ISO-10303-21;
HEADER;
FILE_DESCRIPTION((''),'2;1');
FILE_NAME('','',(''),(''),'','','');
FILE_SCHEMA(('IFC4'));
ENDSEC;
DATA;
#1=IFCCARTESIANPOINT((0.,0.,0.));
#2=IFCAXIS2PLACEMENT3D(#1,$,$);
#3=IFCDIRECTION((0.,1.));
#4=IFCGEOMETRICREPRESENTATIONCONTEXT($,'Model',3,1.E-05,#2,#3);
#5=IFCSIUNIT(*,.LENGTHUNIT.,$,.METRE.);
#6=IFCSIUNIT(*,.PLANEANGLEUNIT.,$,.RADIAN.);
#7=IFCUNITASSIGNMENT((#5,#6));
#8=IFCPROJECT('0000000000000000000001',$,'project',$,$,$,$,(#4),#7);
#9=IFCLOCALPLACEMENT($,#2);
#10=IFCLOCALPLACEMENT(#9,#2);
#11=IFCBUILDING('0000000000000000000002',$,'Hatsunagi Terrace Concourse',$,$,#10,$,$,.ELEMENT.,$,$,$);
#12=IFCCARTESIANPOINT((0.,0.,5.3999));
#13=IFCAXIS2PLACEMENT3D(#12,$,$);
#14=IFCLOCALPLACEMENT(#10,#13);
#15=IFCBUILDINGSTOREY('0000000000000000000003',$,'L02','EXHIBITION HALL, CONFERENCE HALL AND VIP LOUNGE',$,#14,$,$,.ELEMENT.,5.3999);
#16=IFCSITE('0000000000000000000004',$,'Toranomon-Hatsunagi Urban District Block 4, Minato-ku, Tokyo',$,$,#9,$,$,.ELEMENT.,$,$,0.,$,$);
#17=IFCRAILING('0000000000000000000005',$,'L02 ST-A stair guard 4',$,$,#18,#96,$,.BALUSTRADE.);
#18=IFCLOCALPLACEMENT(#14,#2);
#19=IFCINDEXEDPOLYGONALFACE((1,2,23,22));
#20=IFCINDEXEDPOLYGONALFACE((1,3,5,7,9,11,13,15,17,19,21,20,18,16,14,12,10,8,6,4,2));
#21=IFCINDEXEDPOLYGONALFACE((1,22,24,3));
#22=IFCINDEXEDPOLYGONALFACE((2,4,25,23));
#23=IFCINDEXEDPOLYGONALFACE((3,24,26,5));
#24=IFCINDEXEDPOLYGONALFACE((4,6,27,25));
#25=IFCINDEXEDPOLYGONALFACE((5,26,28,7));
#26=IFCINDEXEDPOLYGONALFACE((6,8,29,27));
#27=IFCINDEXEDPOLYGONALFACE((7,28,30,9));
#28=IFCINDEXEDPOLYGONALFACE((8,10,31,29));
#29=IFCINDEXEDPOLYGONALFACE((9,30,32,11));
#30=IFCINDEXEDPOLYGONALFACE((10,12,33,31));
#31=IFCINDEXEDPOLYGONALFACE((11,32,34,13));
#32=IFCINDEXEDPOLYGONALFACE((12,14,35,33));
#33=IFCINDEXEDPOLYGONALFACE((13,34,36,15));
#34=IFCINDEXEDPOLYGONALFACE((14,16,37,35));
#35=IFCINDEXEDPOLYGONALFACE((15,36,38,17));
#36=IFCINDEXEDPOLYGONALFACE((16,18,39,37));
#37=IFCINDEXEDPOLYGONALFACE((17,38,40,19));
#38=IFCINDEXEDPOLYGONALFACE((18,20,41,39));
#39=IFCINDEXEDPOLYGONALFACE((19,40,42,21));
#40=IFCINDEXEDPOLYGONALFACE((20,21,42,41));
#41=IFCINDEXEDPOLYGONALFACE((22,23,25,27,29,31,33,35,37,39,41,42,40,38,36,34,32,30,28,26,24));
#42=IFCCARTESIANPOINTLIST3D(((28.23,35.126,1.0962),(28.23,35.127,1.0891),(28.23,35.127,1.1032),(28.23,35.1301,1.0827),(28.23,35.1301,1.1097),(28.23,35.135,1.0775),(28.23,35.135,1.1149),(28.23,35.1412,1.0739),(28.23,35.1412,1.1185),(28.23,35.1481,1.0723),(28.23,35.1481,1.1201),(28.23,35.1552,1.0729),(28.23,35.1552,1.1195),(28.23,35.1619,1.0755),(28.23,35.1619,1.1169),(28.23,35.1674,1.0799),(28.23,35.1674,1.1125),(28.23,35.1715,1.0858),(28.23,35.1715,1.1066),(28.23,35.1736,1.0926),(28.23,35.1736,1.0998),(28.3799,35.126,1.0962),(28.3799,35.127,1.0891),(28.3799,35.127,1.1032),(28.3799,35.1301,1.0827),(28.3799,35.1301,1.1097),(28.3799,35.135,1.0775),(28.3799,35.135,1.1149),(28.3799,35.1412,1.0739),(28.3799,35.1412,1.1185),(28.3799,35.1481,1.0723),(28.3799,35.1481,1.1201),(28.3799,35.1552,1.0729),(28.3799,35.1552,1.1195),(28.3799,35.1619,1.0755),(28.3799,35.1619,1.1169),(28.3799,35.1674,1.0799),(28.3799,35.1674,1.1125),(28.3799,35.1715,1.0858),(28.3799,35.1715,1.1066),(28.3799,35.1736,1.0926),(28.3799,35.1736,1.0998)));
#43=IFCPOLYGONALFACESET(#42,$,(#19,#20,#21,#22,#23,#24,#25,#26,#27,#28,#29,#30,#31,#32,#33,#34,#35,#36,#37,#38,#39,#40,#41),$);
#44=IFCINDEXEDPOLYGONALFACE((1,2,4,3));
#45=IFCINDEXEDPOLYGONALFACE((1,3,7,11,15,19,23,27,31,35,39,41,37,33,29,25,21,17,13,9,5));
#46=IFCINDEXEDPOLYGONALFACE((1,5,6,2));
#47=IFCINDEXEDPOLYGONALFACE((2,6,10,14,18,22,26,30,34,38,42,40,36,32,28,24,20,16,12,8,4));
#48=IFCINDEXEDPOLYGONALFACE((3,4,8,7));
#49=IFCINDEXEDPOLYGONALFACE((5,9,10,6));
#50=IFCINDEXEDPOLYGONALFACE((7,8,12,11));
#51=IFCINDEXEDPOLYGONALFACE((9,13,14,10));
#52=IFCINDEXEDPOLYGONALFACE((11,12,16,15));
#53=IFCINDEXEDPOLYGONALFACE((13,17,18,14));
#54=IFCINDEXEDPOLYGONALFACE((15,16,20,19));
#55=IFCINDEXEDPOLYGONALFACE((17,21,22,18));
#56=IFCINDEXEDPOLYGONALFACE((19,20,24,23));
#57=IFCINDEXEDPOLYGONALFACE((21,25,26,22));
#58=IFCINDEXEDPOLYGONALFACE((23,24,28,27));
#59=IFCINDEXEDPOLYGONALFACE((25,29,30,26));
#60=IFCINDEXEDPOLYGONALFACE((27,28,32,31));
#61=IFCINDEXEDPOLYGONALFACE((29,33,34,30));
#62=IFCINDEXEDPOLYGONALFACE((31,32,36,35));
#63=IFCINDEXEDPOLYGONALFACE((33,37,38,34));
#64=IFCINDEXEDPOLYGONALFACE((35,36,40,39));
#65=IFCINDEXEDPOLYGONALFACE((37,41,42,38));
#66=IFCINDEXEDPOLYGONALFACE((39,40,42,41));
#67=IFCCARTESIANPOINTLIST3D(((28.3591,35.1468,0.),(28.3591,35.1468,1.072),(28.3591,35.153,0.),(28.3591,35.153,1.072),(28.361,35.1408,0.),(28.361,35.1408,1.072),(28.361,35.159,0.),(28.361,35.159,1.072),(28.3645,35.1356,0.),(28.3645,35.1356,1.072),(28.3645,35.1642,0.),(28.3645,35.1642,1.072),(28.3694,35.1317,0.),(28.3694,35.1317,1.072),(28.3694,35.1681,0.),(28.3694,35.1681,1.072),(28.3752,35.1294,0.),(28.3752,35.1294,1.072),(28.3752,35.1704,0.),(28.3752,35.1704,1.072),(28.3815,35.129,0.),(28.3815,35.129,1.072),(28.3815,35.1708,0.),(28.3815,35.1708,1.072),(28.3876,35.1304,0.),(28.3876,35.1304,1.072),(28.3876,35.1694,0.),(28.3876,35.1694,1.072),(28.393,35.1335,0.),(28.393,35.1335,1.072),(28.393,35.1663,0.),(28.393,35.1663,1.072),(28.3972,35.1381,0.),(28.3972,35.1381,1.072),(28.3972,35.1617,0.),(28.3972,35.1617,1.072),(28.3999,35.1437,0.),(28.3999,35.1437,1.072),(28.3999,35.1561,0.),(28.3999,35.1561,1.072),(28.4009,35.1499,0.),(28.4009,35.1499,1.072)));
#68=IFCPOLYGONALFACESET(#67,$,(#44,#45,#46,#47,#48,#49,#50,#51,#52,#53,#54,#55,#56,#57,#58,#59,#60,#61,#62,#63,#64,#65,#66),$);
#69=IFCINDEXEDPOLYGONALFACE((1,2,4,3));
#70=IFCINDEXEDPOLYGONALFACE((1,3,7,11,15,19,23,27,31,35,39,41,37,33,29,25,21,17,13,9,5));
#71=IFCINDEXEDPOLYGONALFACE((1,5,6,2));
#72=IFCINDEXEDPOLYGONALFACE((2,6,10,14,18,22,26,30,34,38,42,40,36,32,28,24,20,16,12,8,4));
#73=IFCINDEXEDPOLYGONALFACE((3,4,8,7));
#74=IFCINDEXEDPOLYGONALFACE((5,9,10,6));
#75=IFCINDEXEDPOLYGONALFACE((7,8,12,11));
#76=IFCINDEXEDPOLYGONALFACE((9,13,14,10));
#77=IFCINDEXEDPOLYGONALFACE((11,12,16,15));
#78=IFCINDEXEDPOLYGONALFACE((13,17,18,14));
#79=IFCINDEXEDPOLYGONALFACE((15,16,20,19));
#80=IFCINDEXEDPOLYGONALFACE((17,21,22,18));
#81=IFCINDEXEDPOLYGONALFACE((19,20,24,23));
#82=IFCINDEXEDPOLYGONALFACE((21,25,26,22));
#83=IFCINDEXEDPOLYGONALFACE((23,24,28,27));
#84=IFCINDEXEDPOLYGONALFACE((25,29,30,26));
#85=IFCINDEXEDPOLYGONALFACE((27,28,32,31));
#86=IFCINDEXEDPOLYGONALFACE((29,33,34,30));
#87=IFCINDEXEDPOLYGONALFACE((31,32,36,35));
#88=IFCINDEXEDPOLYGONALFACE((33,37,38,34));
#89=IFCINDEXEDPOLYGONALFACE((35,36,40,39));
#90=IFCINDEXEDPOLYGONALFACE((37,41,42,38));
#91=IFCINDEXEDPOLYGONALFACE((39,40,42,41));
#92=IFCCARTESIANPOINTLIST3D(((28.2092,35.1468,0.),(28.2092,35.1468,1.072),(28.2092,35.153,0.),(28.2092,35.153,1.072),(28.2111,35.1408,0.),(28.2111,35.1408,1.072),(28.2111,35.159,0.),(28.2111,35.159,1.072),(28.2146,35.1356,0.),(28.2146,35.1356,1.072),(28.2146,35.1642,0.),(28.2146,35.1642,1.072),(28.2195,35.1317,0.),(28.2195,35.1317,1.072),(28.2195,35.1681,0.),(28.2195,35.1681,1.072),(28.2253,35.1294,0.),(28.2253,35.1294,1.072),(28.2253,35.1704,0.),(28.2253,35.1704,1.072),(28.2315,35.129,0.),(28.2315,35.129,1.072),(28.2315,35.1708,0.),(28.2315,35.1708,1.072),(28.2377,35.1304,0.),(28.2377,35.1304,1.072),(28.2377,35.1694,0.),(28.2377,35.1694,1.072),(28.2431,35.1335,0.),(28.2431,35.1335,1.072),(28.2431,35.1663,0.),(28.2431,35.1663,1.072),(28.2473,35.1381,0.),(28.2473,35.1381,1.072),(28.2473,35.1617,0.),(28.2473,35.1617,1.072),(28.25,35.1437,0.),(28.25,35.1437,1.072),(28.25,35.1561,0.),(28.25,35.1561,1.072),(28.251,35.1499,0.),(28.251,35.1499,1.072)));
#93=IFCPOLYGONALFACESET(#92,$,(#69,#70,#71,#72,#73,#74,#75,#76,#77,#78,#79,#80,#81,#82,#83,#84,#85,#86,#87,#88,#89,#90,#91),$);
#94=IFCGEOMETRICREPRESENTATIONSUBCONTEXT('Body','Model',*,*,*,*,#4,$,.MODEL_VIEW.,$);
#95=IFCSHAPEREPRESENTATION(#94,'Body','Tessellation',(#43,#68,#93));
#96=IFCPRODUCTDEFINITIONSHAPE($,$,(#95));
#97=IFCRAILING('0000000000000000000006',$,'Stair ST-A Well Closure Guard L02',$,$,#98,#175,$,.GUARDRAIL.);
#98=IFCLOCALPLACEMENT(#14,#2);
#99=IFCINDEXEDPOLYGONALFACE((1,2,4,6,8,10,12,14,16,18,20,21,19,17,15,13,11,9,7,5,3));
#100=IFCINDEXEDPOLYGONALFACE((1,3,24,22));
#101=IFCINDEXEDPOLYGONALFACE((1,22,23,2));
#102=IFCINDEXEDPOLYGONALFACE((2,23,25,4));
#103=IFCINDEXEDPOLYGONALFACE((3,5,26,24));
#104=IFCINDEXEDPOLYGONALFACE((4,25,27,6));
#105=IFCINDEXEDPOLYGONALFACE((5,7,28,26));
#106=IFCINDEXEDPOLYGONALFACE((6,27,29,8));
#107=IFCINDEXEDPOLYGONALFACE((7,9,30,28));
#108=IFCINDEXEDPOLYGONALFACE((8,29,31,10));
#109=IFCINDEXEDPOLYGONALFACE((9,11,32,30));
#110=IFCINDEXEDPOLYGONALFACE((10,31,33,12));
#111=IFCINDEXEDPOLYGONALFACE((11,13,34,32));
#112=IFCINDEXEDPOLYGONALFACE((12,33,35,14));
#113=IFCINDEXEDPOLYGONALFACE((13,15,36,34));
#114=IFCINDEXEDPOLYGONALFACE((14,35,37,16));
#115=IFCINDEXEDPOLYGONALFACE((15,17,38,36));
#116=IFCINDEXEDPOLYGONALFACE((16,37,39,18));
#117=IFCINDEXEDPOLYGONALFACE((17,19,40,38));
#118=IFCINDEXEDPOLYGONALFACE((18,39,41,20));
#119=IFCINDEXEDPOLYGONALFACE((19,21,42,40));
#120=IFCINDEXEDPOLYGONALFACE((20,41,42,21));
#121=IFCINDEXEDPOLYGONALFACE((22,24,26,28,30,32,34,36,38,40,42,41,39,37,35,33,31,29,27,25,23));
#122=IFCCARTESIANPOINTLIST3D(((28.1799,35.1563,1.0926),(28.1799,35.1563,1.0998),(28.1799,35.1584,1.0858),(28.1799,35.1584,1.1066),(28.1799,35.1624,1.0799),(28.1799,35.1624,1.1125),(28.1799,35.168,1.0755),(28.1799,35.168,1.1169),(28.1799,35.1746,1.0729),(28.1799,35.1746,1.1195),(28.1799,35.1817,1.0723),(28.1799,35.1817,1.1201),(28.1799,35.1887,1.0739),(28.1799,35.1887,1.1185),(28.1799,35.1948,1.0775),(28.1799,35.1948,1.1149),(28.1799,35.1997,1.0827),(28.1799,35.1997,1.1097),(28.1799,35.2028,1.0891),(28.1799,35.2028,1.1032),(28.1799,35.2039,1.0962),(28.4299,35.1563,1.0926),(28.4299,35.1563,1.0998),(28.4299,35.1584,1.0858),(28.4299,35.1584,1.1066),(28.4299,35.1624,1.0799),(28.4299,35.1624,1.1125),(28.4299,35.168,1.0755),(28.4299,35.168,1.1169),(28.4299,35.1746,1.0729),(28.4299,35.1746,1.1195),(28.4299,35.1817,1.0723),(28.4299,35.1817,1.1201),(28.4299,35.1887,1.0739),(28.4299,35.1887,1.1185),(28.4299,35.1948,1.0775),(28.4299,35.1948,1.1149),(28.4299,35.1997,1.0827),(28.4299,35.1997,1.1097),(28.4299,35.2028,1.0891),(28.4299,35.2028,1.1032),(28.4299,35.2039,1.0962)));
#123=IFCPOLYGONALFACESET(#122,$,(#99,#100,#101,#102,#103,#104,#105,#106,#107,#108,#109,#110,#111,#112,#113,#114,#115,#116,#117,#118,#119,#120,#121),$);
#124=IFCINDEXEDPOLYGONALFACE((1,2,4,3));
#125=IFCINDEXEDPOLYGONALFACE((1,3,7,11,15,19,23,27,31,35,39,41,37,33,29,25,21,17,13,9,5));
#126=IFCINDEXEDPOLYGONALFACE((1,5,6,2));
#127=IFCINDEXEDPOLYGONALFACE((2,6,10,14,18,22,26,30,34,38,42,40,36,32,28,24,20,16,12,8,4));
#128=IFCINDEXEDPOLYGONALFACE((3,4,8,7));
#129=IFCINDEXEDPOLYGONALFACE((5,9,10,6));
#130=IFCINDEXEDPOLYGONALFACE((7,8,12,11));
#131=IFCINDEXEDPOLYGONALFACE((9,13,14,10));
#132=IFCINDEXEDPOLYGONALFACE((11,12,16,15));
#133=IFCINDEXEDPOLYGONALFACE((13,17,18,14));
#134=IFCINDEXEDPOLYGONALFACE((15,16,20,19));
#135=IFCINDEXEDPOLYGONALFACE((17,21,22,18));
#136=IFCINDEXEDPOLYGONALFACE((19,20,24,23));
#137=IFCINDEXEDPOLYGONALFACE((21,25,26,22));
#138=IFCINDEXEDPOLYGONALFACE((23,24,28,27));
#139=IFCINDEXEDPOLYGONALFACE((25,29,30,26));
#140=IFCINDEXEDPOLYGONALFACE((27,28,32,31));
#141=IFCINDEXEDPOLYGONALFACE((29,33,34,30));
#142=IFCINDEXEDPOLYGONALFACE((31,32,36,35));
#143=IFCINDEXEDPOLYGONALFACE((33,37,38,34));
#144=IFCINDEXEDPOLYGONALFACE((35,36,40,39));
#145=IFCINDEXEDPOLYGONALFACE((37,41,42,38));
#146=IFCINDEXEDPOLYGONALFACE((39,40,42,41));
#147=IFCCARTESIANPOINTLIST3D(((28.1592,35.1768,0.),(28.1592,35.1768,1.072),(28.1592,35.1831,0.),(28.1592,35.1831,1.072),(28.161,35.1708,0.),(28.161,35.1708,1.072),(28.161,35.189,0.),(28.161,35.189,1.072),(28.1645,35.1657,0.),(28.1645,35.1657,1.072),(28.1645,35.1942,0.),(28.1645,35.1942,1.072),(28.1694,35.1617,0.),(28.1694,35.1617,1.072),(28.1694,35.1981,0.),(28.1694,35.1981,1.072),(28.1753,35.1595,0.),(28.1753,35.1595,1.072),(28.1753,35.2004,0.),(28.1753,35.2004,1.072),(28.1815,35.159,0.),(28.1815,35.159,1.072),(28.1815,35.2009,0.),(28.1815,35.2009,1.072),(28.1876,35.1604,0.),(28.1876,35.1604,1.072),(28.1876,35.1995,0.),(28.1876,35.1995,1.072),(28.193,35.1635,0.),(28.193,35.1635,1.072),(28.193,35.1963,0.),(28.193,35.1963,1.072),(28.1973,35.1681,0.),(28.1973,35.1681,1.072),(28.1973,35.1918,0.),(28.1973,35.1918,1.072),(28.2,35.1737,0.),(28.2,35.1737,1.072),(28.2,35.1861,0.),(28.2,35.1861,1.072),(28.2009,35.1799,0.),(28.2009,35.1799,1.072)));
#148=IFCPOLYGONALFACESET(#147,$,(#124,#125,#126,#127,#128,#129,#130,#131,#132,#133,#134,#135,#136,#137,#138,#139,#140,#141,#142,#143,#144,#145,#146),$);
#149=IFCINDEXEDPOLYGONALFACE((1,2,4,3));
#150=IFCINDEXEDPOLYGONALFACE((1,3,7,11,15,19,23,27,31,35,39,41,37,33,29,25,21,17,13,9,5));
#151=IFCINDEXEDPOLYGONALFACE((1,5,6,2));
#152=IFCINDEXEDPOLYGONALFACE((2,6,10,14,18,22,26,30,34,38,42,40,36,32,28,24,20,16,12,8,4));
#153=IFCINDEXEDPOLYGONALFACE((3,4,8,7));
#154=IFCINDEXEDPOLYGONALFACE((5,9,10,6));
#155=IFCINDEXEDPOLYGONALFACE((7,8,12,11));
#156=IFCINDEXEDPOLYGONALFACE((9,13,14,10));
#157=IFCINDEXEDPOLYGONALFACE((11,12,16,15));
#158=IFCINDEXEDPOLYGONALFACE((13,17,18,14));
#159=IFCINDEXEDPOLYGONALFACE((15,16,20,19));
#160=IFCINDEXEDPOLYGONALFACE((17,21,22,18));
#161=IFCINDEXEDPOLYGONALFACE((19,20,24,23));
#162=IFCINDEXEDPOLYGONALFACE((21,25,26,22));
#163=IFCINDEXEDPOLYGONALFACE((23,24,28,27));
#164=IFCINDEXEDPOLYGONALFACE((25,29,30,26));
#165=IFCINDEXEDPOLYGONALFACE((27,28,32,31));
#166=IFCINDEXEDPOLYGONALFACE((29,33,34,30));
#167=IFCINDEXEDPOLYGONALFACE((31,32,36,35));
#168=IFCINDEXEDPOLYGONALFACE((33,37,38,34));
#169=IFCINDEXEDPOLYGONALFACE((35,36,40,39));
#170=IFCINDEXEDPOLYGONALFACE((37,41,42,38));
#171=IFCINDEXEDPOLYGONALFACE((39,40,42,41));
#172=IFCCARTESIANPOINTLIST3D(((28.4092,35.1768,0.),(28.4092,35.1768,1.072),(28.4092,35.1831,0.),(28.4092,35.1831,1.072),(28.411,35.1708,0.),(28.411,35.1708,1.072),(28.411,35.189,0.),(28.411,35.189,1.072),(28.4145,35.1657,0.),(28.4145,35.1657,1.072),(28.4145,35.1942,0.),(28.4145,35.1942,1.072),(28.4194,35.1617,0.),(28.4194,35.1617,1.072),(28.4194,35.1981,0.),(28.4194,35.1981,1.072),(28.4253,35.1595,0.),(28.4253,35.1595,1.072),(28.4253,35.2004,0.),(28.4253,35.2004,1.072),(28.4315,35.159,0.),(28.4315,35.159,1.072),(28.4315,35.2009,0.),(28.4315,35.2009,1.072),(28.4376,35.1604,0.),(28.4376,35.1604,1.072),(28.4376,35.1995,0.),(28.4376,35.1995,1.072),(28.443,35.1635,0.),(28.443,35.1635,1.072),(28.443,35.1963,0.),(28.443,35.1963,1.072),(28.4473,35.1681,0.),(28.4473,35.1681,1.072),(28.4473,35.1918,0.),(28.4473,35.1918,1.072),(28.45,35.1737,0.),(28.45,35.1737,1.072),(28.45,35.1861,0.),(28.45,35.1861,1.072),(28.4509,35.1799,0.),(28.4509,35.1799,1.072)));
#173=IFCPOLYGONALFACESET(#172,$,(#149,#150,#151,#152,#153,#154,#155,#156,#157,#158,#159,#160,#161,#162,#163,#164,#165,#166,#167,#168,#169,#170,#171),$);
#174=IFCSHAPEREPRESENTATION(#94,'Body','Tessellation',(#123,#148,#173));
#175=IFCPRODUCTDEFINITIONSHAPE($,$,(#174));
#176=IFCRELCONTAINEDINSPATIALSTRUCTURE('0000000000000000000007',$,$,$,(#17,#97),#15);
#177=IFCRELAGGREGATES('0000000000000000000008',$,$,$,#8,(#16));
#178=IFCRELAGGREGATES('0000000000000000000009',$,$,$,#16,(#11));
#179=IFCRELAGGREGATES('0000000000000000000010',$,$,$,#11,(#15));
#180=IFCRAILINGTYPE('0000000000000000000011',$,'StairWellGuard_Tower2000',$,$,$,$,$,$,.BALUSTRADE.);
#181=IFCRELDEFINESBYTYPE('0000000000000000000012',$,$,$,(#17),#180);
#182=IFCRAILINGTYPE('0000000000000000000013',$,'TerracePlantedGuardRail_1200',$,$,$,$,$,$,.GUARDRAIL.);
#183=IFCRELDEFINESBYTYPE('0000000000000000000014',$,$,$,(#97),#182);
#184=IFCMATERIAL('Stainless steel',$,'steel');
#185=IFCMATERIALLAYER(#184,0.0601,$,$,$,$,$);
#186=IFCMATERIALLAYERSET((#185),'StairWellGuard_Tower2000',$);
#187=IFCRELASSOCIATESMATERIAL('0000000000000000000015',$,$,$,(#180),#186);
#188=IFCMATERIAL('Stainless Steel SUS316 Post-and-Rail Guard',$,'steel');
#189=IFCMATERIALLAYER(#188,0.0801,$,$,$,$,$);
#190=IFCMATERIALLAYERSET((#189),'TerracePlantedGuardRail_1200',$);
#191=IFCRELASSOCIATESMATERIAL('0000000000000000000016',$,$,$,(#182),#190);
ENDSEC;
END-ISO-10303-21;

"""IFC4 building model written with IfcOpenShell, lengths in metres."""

from ifc_helpers import new_model, si_unit, direction, frame, origin, origin_2d, place, context, subcontext, project, spatial, circle, extrude, material, layer, layer_set, type_object, element, save


model = new_model("IFC4")

# Units and contexts
model_context = context("Model", 3, precision=1e-05, world=origin(), true_north=direction((0.0, 1.0)))
body_context = subcontext(model_context, "Body", "Model", "MODEL_VIEW")
ifc_project = project(units=[si_unit("LENGTHUNIT", "METRE"), si_unit("PLANEANGLEUNIT", "RADIAN")], contexts=[model_context])

# Site, building, storey
site_placement = place(None, origin())
site = spatial("IfcSite", under=ifc_project, at=site_placement, Name="Toranomon-Hatsunagi Urban District Block 4, Minato-ku, Tokyo", CompositionType="ELEMENT", RefElevation=0.0)
building_placement = place(site_placement, origin())
building = spatial("IfcBuilding", under=site, at=building_placement, Name="Hatsunagi Terrace Concourse", CompositionType="ELEMENT")
storey_placement = place(building_placement, frame((0.0, 0.0, 5.3999)))
storey = spatial("IfcBuildingStorey", under=building, at=storey_placement, Name="L02", Description="EXHIBITION HALL, CONFERENCE HALL AND VIP LOUNGE", CompositionType="ELEMENT", Elevation=5.3999)

# Railings
ifc_material_1 = material(Name="Stainless steel", Category="steel")
ifc_layer_1 = layer(ifc_material_1, 0.0601)
ifc_layer_set_1 = layer_set([ifc_layer_1], Name="StairWellGuard_Tower2000")
railing_type_1 = type_object("IfcRailingType", Name="StairWellGuard_Tower2000", PredefinedType="BALUSTRADE", material=ifc_layer_set_1)
railing_1_placement = place(storey_placement, frame((28.3799, 35.1499, 0.0)))
element("IfcRailing", 1, at=railing_1_placement, inside=storey, type_object=railing_type_1, Name="L02 ST-A stair guard 4", PredefinedType="BALUSTRADE", context=body_context, shape_type="SweptSolid", body=[
    extrude(circle(Radius=0.0239, at=origin_2d()), frame((0.0, 0.0, 1.0962), z_axis=(-1.0, 0.0, 0.0), x_axis=(0.0, -1.0, 0.0)), (0.0, 0.0, 1.0), 0.1499),
    extrude(circle(Radius=0.021, at=origin_2d()), origin(), (0.0, 0.0, 1.0), 1.072),
    extrude(circle(Radius=0.021, at=origin_2d()), frame((-0.1499, 0.0, 0.0)), (0.0, 0.0, 1.0), 1.072),
])
ifc_material_2 = material(Name="Stainless Steel SUS316 Post-and-Rail Guard", Category="steel")
ifc_layer_2 = layer(ifc_material_2, 0.0801)
ifc_layer_set_2 = layer_set([ifc_layer_2], Name="TerracePlantedGuardRail_1200")
railing_type_2 = type_object("IfcRailingType", Name="TerracePlantedGuardRail_1200", PredefinedType="GUARDRAIL", material=ifc_layer_set_2)
railing_2_placement = place(storey_placement, frame((28.1799, 35.1799, 0.0)))
element("IfcRailing", 2, at=railing_2_placement, inside=storey, type_object=railing_type_2, Name="Stair ST-A Well Closure Guard L02", PredefinedType="GUARDRAIL", context=body_context, shape_type="SweptSolid", body=[
    extrude(circle(Radius=0.0239, at=origin_2d()), frame((0.0, 0.0, 1.0962), z_axis=(1.0, 0.0, 0.0), x_axis=(0.0, 1.0, 0.0)), (0.0, 0.0, 1.0), 0.25),
    extrude(circle(Radius=0.021, at=origin_2d()), origin(), (0.0, 0.0, 1.0), 1.072),
    extrude(circle(Radius=0.021, at=origin_2d()), frame((0.25, 0.0, 0.0)), (0.0, 0.0, 1.0), 1.072),
])

save(model, "model.ifc")
